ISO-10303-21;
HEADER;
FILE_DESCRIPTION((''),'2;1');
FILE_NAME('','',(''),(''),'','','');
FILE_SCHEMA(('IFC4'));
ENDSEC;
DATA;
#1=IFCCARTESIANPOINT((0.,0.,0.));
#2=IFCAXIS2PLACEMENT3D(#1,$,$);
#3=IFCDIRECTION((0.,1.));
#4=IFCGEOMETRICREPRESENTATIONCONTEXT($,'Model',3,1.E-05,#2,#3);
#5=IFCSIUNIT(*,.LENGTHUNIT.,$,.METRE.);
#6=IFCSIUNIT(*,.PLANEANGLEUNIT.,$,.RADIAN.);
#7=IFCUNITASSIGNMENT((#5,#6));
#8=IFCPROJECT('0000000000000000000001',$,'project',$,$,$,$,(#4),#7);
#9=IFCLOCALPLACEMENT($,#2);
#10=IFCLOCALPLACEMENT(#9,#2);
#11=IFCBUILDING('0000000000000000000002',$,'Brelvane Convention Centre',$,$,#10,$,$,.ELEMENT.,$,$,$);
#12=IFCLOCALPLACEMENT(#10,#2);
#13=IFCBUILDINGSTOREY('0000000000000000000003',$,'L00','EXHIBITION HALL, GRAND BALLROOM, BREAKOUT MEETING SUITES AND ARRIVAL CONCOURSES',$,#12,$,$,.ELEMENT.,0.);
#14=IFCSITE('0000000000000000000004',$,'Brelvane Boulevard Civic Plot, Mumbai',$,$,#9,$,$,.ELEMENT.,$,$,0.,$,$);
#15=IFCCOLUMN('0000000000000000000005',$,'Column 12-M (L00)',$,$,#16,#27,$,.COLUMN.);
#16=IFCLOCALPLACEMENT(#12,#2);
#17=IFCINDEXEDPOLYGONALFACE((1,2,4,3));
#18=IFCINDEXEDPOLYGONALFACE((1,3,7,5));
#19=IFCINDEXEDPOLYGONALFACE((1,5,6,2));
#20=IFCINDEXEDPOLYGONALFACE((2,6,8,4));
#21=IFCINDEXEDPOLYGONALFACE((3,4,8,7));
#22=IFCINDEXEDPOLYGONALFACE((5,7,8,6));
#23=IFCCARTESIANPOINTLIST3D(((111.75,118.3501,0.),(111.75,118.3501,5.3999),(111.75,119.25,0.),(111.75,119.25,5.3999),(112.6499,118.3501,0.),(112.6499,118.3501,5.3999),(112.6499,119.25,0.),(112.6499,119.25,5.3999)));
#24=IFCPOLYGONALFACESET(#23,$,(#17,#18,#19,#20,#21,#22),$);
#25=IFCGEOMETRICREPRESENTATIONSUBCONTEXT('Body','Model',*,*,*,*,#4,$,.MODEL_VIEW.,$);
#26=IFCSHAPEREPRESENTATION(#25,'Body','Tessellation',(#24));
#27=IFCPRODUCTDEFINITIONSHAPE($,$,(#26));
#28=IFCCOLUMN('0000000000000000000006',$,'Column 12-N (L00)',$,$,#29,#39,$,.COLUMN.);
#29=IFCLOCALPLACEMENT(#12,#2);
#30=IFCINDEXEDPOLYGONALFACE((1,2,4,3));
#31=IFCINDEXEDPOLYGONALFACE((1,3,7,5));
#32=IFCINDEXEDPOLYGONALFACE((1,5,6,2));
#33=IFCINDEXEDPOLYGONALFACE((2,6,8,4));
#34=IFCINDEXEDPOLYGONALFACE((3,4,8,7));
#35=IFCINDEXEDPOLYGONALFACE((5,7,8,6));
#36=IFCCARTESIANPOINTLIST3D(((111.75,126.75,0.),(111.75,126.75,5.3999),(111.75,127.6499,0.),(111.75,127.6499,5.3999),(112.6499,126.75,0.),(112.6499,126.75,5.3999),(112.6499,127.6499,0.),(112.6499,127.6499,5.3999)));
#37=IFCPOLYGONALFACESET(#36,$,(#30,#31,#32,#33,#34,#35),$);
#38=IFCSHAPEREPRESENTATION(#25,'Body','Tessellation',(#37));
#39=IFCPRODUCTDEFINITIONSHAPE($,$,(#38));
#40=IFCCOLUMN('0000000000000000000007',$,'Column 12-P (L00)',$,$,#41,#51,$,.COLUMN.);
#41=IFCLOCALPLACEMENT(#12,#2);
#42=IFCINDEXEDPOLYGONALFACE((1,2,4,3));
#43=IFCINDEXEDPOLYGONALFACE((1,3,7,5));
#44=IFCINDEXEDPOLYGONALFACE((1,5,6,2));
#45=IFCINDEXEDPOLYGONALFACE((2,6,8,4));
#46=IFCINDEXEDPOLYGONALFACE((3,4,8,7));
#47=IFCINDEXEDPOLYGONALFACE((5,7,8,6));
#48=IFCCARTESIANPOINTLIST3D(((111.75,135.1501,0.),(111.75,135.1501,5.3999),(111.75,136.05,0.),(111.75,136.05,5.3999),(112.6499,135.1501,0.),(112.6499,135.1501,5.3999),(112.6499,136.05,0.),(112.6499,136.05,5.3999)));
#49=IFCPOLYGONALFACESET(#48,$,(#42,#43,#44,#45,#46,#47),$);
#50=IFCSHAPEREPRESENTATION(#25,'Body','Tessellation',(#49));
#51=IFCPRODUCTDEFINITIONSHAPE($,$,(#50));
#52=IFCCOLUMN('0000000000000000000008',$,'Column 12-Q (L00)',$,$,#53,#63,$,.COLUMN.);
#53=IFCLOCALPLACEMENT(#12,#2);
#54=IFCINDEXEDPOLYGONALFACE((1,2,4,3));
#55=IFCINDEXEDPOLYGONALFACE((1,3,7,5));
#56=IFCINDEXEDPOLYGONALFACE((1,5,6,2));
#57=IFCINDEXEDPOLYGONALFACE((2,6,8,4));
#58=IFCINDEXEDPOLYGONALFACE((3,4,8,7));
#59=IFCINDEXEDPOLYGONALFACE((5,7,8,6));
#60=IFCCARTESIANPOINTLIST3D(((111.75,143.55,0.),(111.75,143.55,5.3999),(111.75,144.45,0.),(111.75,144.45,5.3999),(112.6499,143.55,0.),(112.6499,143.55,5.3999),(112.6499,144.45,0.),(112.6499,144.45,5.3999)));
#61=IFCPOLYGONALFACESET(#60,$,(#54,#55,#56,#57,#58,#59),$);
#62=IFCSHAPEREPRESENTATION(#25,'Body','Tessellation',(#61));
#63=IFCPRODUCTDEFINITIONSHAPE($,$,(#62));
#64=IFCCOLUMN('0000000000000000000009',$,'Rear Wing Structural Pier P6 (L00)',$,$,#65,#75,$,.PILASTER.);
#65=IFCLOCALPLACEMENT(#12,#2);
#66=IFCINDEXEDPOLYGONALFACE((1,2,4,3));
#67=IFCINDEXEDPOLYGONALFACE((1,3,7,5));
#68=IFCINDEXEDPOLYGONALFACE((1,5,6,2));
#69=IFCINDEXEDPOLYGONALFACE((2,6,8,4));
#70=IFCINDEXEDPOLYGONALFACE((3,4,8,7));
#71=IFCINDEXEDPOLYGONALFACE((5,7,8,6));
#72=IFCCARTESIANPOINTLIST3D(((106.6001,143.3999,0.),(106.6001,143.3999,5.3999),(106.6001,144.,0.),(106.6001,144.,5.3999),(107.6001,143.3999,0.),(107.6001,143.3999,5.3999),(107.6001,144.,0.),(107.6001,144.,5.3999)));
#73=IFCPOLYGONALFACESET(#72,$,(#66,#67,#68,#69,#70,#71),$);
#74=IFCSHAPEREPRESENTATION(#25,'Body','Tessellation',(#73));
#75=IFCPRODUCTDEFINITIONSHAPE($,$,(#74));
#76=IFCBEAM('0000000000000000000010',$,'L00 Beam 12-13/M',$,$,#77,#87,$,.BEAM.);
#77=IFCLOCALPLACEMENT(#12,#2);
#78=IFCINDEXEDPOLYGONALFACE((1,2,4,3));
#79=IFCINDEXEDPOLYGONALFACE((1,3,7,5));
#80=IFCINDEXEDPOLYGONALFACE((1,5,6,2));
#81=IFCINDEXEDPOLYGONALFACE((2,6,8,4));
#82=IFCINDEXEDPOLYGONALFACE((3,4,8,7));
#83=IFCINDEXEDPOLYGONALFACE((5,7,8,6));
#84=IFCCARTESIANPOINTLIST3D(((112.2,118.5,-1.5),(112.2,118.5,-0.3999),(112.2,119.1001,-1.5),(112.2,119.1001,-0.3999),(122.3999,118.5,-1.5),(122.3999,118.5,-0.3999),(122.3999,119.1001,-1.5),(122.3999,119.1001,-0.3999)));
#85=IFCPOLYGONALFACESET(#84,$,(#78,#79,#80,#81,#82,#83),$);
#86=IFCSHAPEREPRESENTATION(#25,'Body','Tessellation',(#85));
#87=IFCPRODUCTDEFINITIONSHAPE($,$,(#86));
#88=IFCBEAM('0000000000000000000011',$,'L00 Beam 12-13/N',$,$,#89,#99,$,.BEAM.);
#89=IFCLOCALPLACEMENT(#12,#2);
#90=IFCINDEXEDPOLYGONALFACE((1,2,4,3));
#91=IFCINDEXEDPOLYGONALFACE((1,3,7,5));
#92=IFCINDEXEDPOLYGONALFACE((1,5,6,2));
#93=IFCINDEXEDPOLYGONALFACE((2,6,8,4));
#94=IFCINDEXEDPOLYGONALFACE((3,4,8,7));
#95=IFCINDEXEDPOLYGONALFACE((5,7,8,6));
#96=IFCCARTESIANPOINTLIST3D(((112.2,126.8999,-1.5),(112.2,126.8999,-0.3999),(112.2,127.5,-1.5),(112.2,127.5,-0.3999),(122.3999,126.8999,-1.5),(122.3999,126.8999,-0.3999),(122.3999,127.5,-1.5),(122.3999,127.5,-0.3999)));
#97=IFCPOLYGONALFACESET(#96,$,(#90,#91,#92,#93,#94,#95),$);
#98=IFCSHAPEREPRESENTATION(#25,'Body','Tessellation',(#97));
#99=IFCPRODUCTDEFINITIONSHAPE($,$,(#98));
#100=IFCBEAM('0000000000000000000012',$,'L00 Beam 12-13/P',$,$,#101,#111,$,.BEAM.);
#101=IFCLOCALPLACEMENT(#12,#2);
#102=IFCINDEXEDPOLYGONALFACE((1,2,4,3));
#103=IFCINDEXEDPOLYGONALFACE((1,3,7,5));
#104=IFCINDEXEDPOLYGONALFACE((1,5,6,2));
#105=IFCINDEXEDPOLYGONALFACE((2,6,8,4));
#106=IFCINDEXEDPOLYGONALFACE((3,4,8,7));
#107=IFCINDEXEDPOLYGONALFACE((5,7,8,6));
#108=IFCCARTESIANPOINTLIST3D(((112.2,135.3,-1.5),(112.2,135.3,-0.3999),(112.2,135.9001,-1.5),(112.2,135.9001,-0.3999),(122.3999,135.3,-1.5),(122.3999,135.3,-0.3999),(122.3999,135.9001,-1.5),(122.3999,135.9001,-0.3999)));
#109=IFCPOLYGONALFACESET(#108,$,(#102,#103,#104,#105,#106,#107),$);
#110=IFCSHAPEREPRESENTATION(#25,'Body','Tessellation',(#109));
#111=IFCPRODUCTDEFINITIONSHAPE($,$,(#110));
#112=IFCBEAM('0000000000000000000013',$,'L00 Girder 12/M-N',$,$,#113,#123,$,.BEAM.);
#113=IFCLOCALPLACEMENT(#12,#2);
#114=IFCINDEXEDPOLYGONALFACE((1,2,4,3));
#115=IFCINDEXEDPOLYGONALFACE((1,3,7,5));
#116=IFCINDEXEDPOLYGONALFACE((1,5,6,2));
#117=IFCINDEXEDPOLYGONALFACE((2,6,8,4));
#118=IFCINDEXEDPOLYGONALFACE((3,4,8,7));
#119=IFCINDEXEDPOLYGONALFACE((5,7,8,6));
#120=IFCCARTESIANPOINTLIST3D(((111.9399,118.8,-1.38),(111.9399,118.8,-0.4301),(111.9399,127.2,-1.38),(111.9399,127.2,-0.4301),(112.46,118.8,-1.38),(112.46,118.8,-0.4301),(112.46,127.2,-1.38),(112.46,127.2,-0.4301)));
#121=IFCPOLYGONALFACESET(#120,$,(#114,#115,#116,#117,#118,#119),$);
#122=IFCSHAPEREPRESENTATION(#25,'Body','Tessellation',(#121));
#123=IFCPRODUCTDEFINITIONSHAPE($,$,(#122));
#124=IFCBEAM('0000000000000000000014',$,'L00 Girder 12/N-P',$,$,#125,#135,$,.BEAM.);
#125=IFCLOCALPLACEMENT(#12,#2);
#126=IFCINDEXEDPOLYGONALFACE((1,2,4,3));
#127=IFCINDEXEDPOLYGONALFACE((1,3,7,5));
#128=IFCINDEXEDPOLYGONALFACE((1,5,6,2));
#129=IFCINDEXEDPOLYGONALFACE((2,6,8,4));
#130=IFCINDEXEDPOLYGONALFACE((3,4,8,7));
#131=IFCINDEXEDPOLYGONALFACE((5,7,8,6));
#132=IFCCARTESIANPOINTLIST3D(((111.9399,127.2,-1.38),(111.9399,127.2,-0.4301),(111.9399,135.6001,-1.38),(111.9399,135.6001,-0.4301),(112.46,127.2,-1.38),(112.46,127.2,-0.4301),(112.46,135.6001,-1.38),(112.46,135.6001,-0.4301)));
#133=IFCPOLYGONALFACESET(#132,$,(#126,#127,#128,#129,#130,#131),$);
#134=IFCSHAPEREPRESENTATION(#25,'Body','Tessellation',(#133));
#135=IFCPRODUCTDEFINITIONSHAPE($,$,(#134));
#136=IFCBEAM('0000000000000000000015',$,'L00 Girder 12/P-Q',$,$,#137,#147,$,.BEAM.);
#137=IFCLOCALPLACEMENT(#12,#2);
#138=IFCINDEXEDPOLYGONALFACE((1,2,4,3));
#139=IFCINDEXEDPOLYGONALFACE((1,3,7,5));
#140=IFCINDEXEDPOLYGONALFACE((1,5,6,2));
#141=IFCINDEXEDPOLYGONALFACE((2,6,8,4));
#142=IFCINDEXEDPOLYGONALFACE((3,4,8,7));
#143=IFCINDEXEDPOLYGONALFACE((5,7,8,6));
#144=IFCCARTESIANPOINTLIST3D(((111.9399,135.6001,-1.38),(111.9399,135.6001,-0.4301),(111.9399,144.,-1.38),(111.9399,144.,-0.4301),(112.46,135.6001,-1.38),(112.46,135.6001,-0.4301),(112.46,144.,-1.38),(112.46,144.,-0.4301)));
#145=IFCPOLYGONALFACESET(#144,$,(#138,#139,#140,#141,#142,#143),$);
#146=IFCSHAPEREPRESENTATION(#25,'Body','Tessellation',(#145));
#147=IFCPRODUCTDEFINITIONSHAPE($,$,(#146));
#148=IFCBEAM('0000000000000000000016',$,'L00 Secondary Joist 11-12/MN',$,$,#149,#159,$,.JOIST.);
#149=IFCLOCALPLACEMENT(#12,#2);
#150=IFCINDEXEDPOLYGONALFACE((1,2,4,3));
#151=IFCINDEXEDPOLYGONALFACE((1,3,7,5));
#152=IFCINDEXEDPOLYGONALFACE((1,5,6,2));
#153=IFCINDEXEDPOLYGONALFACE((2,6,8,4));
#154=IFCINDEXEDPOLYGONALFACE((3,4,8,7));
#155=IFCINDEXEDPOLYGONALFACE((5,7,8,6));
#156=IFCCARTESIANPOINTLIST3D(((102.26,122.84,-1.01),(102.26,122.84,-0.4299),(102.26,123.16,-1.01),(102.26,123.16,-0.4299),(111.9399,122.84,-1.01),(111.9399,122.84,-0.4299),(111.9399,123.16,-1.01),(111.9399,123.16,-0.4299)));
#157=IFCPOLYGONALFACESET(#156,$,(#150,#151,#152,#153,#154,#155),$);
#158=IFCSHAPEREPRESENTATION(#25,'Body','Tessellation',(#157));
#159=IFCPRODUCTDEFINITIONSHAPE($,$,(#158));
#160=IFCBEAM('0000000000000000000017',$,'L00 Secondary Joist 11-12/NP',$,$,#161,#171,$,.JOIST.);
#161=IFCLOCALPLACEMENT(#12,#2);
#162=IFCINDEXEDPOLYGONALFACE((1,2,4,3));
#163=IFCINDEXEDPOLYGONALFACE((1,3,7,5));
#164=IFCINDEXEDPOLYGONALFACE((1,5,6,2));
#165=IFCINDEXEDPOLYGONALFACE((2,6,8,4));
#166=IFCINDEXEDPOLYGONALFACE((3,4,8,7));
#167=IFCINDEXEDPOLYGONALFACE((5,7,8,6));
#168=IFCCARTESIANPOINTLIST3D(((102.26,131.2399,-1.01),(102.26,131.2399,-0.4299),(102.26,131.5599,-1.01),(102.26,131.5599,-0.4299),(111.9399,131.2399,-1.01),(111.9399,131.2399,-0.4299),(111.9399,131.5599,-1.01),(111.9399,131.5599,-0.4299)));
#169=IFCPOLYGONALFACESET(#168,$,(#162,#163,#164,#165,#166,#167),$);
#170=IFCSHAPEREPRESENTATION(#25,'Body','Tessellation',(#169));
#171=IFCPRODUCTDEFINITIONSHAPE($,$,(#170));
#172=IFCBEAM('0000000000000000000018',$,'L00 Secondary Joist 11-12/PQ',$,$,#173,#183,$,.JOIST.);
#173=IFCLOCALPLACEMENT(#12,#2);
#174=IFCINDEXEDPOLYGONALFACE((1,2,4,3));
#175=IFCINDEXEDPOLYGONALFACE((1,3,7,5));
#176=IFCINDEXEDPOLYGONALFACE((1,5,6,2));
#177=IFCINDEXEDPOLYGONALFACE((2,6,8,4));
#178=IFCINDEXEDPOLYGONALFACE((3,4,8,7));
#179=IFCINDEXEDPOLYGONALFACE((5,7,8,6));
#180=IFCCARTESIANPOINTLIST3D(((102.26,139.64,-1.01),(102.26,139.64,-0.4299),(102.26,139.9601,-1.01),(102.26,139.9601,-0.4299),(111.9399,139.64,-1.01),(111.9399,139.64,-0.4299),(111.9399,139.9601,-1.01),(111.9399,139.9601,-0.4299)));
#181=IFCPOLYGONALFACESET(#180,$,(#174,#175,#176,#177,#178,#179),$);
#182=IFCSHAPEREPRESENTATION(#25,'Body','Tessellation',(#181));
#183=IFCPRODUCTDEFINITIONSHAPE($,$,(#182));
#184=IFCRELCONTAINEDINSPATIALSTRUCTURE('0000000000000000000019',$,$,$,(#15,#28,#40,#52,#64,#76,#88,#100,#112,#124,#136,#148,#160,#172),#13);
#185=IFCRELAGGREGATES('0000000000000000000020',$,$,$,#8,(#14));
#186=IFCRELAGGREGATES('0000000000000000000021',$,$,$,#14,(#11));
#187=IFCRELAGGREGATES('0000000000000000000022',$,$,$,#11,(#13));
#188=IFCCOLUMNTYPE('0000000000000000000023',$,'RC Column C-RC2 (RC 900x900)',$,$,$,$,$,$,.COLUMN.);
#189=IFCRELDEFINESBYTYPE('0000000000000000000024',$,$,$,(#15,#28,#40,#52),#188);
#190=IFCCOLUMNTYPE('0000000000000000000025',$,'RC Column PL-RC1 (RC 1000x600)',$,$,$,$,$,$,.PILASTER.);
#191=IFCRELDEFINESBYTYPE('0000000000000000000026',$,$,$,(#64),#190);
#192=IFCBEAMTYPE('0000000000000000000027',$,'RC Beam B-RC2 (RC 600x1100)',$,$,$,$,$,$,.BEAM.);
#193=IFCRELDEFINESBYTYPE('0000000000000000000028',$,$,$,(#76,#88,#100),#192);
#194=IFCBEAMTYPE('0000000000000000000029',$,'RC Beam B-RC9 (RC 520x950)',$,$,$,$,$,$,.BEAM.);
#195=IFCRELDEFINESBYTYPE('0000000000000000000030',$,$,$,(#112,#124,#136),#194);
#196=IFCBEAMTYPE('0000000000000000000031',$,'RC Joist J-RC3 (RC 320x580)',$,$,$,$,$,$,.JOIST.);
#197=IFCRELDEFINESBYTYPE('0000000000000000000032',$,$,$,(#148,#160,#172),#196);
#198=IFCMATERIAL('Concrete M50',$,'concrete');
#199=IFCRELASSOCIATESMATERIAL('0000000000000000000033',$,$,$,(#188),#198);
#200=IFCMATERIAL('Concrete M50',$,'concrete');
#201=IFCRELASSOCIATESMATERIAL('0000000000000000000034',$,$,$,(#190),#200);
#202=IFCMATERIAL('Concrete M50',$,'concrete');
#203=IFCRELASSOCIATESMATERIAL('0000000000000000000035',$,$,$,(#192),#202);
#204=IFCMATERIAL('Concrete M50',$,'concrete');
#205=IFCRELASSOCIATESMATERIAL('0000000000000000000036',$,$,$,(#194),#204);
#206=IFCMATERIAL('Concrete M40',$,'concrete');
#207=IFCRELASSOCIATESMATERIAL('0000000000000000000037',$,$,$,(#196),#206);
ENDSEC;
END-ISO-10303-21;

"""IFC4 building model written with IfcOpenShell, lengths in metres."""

from ifc_helpers import new_model, si_unit, direction, frame, origin, origin_2d, place, context, subcontext, project, spatial, rectangle, extrude, material, material_profile, profile_set, type_object, element, save


model = new_model("IFC4")

# Units and contexts
model_context = context("Model", 3, precision=1e-05, world=origin(), true_north=direction((0.0, 1.0)))
body_context = subcontext(model_context, "Body", "Model", "MODEL_VIEW")
ifc_project = project(units=[si_unit("LENGTHUNIT", "METRE"), si_unit("PLANEANGLEUNIT", "RADIAN")], contexts=[model_context])

# Site, building, storey
site_placement = place(None, origin())
site = spatial("IfcSite", under=ifc_project, at=site_placement, Name="Brelvane Boulevard Civic Plot, Mumbai", CompositionType="ELEMENT", RefElevation=0.0)
building_placement = place(site_placement, origin())
building = spatial("IfcBuilding", under=site, at=building_placement, Name="Brelvane Convention Centre", CompositionType="ELEMENT")
storey_placement = place(building_placement, origin())
storey = spatial("IfcBuildingStorey", under=building, at=storey_placement, Name="L00", Description="EXHIBITION HALL, GRAND BALLROOM, BREAKOUT MEETING SUITES AND ARRIVAL CONCOURSES", CompositionType="ELEMENT", Elevation=0.0)

# Columns
ifc_material_1 = material(Name="Concrete M50", Category="concrete")
ifc_material_profile_1 = material_profile(ifc_material_1, rectangle(XDim=0.8999, YDim=0.8999, at=origin_2d()), Name="RC 900x900")
ifc_profile_set_1 = profile_set([ifc_material_profile_1], Name="Concrete M50")
column_type_1 = type_object("IfcColumnType", Name="RC Column C-RC2 (RC 900x900)", PredefinedType="COLUMN", material=ifc_profile_set_1)
for number, where, z_axis, x_axis, name in (
    (1, (112.2, 118.8, 0.0), (0.0, 0.0, 1.0), (1.0, 0.0, 0.0), "Column 12-M (L00)"),
    (2, (112.2, 127.2, 0.0), (0.0, 0.0, 1.0), (1.0, 0.0, 0.0), "Column 12-N (L00)"),
    (3, (112.2, 135.6001, 0.0), (0.0, 0.0, 1.0), (1.0, 0.0, 0.0), "Column 12-P (L00)"),
    (4, (112.2, 144.0, 0.0), (0.0, 0.0, 1.0), (1.0, 0.0, 0.0), "Column 12-Q (L00)"),
):
    element("IfcColumn", number, at=place(storey_placement, frame(where, z_axis=z_axis, x_axis=x_axis)), inside=storey, type_object=column_type_1, Name=name, PredefinedType="COLUMN", context=body_context, shape_type="SweptSolid", body=[
        extrude(rectangle(XDim=0.8999, YDim=0.8999, at=origin_2d()), origin(), (0.0, 0.0, 1.0), 5.3999),
    ])
ifc_material_2 = material(Name="Concrete M50", Category="concrete")
ifc_material_profile_2 = material_profile(ifc_material_2, rectangle(XDim=1.0, YDim=0.6001, at=origin_2d()), Name="RC 1000x600")
ifc_profile_set_2 = profile_set([ifc_material_profile_2], Name="Concrete M50")
column_type_2 = type_object("IfcColumnType", Name="RC Column PL-RC1 (RC 1000x600)", PredefinedType="PILASTER", material=ifc_profile_set_2)
column_placement = place(storey_placement, frame((107.1001, 143.7, 0.0), z_axis=(0.0, 0.0, 1.0), x_axis=(1.0, 0.0, 0.0)))
element("IfcColumn", 5, at=column_placement, inside=storey, type_object=column_type_2, Name="Rear Wing Structural Pier P6 (L00)", PredefinedType="PILASTER", context=body_context, shape_type="SweptSolid", body=[
    extrude(rectangle(XDim=1.0, YDim=0.6001, at=origin_2d()), origin(), (0.0, 0.0, 1.0), 5.3999),
])

# Beams
ifc_material_3 = material(Name="Concrete M50", Category="concrete")
ifc_material_profile_3 = material_profile(ifc_material_3, rectangle(XDim=0.6001, YDim=1.1001, at=origin_2d()), Name="RC 600x1100")
ifc_profile_set_3 = profile_set([ifc_material_profile_3], Name="Concrete M50")
beam_type_1 = type_object("IfcBeamType", Name="RC Beam B-RC2 (RC 600x1100)", PredefinedType="BEAM", material=ifc_profile_set_3)
for number, where, z_axis, x_axis, name in (
    (6, (112.2, 118.8, -0.95), (1.0, 0.0, 0.0), (0.0, 1.0, 0.0), "L00 Beam 12-13/M"),
    (7, (112.2, 127.2, -0.95), (1.0, 0.0, 0.0), (0.0, 1.0, 0.0), "L00 Beam 12-13/N"),
    (8, (112.2, 135.6001, -0.95), (1.0, 0.0, 0.0), (0.0, 1.0, 0.0), "L00 Beam 12-13/P"),
):
    element("IfcBeam", number, at=place(storey_placement, frame(where, z_axis=z_axis, x_axis=x_axis)), inside=storey, type_object=beam_type_1, Name=name, PredefinedType="BEAM", context=body_context, shape_type="SweptSolid", body=[
        extrude(rectangle(XDim=0.6001, YDim=1.1001, at=origin_2d()), origin(), (0.0, 0.0, 1.0), 10.2),
    ])
ifc_material_4 = material(Name="Concrete M50", Category="concrete")
ifc_material_profile_4 = material_profile(ifc_material_4, rectangle(XDim=0.52, YDim=0.95, at=origin_2d()), Name="RC 520x950")
ifc_profile_set_4 = profile_set([ifc_material_profile_4], Name="Concrete M50")
beam_type_2 = type_object("IfcBeamType", Name="RC Beam B-RC9 (RC 520x950)", PredefinedType="BEAM", material=ifc_profile_set_4)
beam_1_placement = place(storey_placement, frame((112.2, 118.8, -0.905), z_axis=(0.0, 1.0, 0.0), x_axis=(-1.0, 0.0, 0.0)))
element("IfcBeam", 9, at=beam_1_placement, inside=storey, type_object=beam_type_2, Name="L00 Girder 12/M-N", PredefinedType="BEAM", context=body_context, shape_type="SweptSolid", body=[
    extrude(rectangle(XDim=0.52, YDim=0.95, at=origin_2d()), origin(), (0.0, 0.0, 1.0), 8.3999),
])
beam_2_placement = place(storey_placement, frame((112.2, 127.2, -0.905), z_axis=(0.0, 1.0, 0.0), x_axis=(-1.0, 0.0, 0.0)))
element("IfcBeam", 10, at=beam_2_placement, inside=storey, type_object=beam_type_2, Name="L00 Girder 12/N-P", PredefinedType="BEAM", context=body_context, shape_type="SweptSolid", body=[
    extrude(rectangle(XDim=0.52, YDim=0.95, at=origin_2d()), origin(), (0.0, 0.0, 1.0), 8.4001),
])
beam_3_placement = place(storey_placement, frame((112.2, 135.6001, -0.905), z_axis=(0.0, 1.0, 0.0), x_axis=(-1.0, 0.0, 0.0)))
element("IfcBeam", 11, at=beam_3_placement, inside=storey, type_object=beam_type_2, Name="L00 Girder 12/P-Q", PredefinedType="BEAM", context=body_context, shape_type="SweptSolid", body=[
    extrude(rectangle(XDim=0.52, YDim=0.95, at=origin_2d()), origin(), (0.0, 0.0, 1.0), 8.3999),
])
ifc_material_5 = material(Name="Concrete M40", Category="concrete")
ifc_material_profile_5 = material_profile(ifc_material_5, rectangle(XDim=0.3201, YDim=0.5801, at=origin_2d()), Name="RC 320x580")
ifc_profile_set_5 = profile_set([ifc_material_profile_5], Name="Concrete M40")
beam_type_3 = type_object("IfcBeamType", Name="RC Joist J-RC3 (RC 320x580)", PredefinedType="JOIST", material=ifc_profile_set_5)
for number, where, z_axis, x_axis, name in (
    (12, (102.26, 123.0, -0.72), (1.0, 0.0, 0.0), (0.0, 1.0, 0.0), "L00 Secondary Joist 11-12/MN"),
    (13, (102.26, 131.3999, -0.72), (1.0, 0.0, 0.0), (0.0, 1.0, 0.0), "L00 Secondary Joist 11-12/NP"),
    (14, (102.26, 139.8, -0.72), (1.0, 0.0, 0.0), (0.0, 1.0, 0.0), "L00 Secondary Joist 11-12/PQ"),
):
    element("IfcBeam", number, at=place(storey_placement, frame(where, z_axis=z_axis, x_axis=x_axis)), inside=storey, type_object=beam_type_3, Name=name, PredefinedType="JOIST", context=body_context, shape_type="SweptSolid", body=[
        extrude(rectangle(XDim=0.3201, YDim=0.5801, at=origin_2d()), origin(), (0.0, 0.0, 1.0), 9.6799),
    ])

save(model, "model.ifc")
